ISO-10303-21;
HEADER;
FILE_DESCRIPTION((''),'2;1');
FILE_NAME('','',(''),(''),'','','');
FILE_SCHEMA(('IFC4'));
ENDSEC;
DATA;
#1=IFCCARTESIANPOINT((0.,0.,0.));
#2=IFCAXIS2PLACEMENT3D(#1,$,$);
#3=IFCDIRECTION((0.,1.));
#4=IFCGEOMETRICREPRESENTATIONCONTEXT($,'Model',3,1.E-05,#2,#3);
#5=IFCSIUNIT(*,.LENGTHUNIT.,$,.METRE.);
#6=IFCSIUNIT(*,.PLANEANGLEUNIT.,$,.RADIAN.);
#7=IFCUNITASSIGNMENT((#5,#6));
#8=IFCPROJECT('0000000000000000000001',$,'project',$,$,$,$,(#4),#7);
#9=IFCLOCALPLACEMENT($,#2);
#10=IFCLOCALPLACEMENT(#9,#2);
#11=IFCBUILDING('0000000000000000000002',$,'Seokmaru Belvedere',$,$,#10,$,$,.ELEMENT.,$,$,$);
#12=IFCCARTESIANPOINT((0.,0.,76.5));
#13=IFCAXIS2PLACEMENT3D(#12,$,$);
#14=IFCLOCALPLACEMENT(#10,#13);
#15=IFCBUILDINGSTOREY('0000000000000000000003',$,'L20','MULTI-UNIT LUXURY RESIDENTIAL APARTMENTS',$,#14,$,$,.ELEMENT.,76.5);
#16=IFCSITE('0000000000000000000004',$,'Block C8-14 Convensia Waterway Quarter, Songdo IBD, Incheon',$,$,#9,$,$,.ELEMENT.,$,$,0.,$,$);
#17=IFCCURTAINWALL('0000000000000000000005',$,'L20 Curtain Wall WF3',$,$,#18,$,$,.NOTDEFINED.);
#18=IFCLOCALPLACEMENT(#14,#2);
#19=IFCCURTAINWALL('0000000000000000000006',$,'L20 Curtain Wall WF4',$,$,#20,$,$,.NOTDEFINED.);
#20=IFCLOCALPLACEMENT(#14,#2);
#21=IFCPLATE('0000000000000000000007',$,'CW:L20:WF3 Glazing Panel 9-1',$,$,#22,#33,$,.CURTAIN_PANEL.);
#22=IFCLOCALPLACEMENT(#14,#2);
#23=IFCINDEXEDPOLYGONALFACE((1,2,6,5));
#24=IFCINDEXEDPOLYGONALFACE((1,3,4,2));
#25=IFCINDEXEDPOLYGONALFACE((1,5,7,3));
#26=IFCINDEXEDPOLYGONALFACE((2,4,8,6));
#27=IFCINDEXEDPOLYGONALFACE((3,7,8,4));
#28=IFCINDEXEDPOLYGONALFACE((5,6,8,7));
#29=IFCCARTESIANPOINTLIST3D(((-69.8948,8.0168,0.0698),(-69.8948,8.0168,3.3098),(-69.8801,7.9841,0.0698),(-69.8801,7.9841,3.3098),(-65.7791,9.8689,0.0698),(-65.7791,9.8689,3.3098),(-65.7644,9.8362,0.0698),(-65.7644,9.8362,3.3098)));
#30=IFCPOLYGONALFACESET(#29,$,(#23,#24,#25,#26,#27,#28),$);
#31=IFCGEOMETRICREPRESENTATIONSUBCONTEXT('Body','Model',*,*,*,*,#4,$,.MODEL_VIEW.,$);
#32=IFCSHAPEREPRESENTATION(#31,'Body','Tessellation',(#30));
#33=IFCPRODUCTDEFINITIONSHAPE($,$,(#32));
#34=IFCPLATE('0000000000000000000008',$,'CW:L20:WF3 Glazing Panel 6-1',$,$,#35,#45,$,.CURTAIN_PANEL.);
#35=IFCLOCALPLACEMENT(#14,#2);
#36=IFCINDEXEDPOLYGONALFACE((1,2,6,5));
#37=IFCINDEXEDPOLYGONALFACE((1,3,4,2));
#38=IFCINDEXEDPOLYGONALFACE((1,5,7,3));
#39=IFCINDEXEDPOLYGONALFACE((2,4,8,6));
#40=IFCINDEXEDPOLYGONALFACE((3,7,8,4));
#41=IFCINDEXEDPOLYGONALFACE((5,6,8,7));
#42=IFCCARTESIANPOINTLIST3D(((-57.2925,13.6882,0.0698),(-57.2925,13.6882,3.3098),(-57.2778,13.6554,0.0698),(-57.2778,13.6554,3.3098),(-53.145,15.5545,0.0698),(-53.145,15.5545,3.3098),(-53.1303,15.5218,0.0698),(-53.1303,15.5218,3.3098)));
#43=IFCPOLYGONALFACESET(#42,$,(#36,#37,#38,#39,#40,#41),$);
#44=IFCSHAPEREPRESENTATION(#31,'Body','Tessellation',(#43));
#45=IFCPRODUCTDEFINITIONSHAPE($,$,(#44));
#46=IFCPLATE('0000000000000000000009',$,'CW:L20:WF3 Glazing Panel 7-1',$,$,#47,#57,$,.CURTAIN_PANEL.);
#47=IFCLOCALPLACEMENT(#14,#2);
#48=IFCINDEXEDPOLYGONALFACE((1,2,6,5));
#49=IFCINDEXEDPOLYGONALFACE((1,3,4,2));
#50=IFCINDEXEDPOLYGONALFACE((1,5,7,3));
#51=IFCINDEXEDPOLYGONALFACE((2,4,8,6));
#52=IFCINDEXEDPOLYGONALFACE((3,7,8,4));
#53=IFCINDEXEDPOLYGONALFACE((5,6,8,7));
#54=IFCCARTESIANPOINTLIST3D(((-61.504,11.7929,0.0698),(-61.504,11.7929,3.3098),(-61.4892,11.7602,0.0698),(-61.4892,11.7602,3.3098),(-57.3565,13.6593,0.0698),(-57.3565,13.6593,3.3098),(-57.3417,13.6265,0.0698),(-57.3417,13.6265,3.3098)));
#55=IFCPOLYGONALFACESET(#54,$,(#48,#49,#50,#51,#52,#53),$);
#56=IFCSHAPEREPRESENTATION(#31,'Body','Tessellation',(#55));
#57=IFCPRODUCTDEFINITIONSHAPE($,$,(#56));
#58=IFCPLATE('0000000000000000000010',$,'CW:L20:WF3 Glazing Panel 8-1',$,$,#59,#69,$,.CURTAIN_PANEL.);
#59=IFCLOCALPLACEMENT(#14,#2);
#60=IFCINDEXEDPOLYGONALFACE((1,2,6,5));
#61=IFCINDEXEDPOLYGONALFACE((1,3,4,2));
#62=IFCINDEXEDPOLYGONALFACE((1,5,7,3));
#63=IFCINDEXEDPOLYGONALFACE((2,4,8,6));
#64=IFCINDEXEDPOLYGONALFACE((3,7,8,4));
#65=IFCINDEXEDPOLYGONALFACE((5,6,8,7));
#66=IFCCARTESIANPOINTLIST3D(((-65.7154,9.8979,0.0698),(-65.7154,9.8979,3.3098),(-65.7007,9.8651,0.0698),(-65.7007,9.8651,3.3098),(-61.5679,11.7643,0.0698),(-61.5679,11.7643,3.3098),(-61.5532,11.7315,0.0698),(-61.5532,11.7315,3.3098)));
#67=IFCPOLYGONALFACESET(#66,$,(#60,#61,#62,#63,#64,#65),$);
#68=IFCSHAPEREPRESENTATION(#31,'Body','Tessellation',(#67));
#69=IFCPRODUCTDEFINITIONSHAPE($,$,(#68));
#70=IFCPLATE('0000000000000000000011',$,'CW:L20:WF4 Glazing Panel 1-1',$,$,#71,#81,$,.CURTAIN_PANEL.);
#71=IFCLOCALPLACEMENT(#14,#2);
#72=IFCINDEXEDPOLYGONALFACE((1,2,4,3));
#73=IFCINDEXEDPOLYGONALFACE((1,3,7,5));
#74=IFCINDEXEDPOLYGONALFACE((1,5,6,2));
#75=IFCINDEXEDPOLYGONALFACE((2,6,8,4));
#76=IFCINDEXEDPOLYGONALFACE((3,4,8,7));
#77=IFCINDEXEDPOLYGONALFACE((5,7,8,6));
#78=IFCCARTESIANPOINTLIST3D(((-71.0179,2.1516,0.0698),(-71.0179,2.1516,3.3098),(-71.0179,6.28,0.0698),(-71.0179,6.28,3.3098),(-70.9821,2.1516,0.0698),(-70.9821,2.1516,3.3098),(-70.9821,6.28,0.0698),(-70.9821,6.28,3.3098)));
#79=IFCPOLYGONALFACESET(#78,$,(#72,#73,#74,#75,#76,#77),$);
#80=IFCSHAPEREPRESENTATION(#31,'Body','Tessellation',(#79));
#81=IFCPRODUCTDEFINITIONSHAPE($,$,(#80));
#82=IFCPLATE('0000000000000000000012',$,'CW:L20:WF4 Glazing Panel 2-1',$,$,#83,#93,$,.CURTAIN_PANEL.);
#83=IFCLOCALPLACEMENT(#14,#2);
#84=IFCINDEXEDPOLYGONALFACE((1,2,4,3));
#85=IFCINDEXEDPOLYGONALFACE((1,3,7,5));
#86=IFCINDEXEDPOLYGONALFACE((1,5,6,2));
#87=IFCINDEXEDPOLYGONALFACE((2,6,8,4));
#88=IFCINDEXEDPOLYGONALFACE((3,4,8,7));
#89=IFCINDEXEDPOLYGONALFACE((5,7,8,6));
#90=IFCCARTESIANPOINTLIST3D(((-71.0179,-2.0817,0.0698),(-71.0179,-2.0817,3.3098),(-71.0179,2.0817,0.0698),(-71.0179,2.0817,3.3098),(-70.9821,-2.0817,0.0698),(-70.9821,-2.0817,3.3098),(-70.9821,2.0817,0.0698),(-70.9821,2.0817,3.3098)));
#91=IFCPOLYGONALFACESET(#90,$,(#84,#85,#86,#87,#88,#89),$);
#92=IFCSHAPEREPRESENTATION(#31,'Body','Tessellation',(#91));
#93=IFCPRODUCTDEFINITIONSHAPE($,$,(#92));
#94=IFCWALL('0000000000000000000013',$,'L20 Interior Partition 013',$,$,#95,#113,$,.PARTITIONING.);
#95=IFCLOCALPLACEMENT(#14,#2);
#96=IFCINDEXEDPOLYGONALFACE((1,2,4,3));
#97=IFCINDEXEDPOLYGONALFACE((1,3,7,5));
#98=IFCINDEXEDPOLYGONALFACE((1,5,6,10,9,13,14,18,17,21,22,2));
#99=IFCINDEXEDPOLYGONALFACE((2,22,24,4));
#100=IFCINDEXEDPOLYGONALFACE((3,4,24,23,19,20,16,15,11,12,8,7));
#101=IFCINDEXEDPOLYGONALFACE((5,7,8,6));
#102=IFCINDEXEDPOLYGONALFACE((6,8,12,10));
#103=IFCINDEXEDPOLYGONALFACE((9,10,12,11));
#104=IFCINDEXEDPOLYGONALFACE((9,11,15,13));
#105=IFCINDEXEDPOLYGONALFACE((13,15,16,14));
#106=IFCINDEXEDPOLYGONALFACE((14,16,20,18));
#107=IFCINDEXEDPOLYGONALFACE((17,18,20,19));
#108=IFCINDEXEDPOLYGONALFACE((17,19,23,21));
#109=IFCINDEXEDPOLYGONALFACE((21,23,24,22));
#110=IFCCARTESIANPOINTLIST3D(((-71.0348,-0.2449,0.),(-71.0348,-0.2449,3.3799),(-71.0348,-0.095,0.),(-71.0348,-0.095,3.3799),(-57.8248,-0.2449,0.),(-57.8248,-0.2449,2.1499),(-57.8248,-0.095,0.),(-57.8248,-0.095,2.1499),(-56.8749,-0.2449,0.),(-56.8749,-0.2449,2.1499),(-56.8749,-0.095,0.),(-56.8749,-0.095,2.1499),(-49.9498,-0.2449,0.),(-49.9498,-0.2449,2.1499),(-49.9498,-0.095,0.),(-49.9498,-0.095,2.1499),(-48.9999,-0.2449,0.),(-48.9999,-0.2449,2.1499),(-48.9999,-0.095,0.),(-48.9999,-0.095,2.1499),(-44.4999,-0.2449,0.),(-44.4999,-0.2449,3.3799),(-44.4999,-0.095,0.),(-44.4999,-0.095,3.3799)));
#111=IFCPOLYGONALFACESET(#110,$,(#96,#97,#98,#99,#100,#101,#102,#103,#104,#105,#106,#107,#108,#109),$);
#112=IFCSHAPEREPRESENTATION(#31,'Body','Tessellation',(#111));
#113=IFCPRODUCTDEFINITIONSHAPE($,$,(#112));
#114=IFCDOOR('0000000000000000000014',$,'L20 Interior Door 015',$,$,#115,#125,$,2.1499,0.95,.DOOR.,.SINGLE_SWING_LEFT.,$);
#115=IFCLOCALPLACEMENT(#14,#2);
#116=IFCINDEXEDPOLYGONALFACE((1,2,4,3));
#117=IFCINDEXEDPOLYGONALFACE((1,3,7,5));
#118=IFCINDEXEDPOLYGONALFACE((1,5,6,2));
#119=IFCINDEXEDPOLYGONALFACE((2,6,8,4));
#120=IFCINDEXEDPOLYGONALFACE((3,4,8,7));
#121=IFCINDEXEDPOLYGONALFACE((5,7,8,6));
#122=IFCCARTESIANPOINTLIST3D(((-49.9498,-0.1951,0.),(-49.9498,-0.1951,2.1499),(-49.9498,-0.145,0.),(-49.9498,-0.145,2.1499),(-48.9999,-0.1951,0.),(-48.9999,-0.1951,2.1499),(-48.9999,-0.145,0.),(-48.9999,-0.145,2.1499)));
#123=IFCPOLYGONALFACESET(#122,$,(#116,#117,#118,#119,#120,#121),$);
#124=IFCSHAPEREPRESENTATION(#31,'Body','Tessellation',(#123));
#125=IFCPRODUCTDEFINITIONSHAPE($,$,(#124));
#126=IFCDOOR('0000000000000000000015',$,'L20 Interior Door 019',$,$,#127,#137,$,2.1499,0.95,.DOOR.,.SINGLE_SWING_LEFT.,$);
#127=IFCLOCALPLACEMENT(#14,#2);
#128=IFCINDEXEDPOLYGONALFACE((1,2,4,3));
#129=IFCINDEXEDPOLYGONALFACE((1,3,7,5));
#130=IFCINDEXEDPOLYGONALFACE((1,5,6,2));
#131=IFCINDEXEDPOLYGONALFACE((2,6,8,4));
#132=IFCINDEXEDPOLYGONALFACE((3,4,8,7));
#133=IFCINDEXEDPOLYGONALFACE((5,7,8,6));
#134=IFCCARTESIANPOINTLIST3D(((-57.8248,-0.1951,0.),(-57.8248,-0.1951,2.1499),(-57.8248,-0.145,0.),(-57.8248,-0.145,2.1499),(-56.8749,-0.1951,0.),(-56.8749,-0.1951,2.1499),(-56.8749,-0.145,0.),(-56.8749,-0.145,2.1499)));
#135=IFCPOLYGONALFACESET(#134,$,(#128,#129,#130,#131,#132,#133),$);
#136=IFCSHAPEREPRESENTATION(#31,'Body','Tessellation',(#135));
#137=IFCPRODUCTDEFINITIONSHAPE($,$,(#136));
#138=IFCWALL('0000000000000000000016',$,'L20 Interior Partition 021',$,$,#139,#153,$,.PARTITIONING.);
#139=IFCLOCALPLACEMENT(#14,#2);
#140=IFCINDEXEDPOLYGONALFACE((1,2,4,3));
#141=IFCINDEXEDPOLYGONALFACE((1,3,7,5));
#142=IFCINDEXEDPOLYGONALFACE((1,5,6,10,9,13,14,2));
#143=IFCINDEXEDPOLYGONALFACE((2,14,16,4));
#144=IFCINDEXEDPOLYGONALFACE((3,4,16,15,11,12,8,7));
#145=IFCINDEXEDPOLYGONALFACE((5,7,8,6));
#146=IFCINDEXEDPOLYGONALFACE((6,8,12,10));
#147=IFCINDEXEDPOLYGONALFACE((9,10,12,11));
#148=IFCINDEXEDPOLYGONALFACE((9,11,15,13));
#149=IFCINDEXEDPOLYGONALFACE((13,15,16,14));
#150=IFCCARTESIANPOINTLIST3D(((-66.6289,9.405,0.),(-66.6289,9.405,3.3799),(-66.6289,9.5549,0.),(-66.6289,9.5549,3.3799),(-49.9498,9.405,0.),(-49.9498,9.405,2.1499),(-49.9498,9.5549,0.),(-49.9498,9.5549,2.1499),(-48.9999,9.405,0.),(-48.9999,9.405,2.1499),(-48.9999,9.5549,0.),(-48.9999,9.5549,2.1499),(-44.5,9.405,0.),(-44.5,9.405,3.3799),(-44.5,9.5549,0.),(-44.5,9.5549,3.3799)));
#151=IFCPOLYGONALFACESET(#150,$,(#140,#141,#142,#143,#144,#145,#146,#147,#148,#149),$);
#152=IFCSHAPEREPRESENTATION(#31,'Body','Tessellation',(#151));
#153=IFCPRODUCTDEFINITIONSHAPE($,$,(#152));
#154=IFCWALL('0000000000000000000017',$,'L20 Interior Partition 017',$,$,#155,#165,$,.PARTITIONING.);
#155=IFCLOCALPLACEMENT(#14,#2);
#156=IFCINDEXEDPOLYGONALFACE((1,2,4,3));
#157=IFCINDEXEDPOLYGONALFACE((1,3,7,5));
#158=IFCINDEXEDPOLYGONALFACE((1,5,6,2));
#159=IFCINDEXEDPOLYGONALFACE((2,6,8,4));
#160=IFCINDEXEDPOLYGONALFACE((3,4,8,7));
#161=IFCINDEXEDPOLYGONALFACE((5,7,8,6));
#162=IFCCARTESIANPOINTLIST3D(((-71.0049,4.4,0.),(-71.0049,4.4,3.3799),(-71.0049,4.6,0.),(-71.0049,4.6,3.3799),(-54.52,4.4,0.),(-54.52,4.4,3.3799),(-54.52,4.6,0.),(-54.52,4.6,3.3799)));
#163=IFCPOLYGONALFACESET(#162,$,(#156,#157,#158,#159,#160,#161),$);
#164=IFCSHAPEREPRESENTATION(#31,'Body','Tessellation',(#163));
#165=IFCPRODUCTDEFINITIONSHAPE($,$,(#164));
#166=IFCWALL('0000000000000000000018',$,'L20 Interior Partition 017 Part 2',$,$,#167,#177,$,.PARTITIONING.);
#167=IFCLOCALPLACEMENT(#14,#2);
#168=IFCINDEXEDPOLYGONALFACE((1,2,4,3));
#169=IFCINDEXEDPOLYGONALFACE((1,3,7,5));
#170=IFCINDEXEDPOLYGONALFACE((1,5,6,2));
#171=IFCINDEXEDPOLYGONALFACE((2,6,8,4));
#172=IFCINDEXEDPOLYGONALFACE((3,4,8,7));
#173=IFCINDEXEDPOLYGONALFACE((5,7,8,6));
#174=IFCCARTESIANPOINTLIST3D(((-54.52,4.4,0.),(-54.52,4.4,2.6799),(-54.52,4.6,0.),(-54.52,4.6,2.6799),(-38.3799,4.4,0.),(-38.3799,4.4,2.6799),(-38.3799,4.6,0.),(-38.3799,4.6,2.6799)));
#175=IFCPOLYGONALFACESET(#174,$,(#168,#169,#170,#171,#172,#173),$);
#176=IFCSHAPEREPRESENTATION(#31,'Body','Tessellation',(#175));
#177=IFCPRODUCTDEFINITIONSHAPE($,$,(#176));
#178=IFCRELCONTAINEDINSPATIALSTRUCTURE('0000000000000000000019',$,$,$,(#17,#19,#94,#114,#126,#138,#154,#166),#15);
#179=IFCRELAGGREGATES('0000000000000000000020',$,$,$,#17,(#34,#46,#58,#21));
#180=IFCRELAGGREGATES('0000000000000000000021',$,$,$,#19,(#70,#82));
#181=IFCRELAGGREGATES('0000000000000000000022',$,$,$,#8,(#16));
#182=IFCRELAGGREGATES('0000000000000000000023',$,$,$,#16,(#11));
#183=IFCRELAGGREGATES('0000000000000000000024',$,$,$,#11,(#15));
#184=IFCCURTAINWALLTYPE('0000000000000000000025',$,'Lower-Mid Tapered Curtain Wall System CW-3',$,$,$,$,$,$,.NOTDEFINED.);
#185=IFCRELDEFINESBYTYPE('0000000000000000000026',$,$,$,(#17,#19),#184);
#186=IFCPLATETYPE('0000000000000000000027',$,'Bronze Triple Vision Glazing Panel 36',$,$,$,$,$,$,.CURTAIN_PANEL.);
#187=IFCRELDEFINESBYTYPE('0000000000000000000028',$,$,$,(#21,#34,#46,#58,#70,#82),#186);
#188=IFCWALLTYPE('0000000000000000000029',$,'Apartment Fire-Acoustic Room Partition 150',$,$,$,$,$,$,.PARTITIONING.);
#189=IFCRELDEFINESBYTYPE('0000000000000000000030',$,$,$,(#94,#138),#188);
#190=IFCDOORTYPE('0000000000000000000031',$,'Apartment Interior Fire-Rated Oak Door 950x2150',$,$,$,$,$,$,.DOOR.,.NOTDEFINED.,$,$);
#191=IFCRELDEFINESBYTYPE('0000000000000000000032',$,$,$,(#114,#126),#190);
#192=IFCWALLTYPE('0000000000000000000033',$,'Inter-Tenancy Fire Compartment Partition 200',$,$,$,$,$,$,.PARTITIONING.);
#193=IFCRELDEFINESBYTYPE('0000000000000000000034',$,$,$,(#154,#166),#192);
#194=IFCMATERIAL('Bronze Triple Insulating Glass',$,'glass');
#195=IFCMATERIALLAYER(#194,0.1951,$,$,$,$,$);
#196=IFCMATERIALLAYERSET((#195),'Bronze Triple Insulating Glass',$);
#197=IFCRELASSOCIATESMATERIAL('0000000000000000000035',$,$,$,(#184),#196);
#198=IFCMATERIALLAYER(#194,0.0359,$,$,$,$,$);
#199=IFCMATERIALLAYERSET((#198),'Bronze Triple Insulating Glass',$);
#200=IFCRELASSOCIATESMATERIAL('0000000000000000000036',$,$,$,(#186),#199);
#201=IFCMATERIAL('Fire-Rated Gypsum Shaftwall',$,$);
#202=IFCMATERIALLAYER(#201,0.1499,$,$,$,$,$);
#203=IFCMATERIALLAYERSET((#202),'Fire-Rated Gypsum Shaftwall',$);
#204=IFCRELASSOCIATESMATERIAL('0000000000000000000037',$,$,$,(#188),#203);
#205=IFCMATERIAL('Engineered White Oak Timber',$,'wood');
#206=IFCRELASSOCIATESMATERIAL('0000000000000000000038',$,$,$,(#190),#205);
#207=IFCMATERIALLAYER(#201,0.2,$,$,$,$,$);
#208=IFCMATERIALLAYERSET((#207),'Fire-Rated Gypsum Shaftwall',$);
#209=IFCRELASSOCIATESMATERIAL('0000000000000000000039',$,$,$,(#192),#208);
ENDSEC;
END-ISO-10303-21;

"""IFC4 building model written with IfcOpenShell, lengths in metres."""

from ifc_helpers import new_model, si_unit, direction, frame, frame_2d, origin, origin_2d, place, context, subcontext, project, spatial, rectangle, extrude, source, transform, mapped, material, layer, layer_set, type_object, type_shapes, element, fill, aggregate, save


model = new_model("IFC4")

# Units and contexts
model_context = context("Model", 3, precision=1e-05, world=origin(), true_north=direction((0.0, 1.0)))
body_context = subcontext(model_context, "Body", "Model", "MODEL_VIEW")
ifc_project = project(units=[si_unit("LENGTHUNIT", "METRE"), si_unit("PLANEANGLEUNIT", "RADIAN")], contexts=[model_context])

# Site, building, storey
site_placement = place(None, origin())
site = spatial("IfcSite", under=ifc_project, at=site_placement, Name="Block C8-14 Convensia Waterway Quarter, Songdo IBD, Incheon", CompositionType="ELEMENT", RefElevation=0.0)
building_placement = place(site_placement, origin())
building = spatial("IfcBuilding", under=site, at=building_placement, Name="Seokmaru Belvedere", CompositionType="ELEMENT")
storey_placement = place(building_placement, frame((0.0, 0.0, 76.5)))
storey = spatial("IfcBuildingStorey", under=building, at=storey_placement, Name="L20", Description="MULTI-UNIT LUXURY RESIDENTIAL APARTMENTS", CompositionType="ELEMENT", Elevation=76.5)

# Curtain walls
ifc_material_1 = material(Name="Bronze Triple Insulating Glass", Category="glass")
ifc_layer_1 = layer(ifc_material_1, 0.1951)
ifc_layer_set_1 = layer_set([ifc_layer_1], Name="Bronze Triple Insulating Glass")
curtain_wall_type = type_object("IfcCurtainWallType", Name="Lower-Mid Tapered Curtain Wall System CW-3", PredefinedType="NOTDEFINED", material=ifc_layer_set_1)
curtain_wall_1_placement = place(storey_placement, origin())
curtain_wall_1 = element("IfcCurtainWall", 1, at=curtain_wall_1_placement, inside=storey, type_object=curtain_wall_type, Name="L20 Curtain Wall WF3", PredefinedType="NOTDEFINED")
curtain_wall_2_placement = place(storey_placement, origin())
curtain_wall_2 = element("IfcCurtainWall", 2, at=curtain_wall_2_placement, inside=storey, type_object=curtain_wall_type, Name="L20 Curtain Wall WF4", PredefinedType="NOTDEFINED")

# Plates
ifc_layer_2 = layer(ifc_material_1, 0.0359)
ifc_layer_set_2 = layer_set([ifc_layer_2], Name="Bronze Triple Insulating Glass")
plate_type = type_object("IfcPlateType", Name="Bronze Triple Vision Glazing Panel 36", PredefinedType="CURTAIN_PANEL", material=ifc_layer_set_2)
shared_shape_1 = source(origin(), body_context, "Body", "SweptSolid", [
    extrude(rectangle(XDim=4.5132, YDim=0.0359, at=origin_2d()), origin(), (0.0, 0.0, 1.0), 3.24),
])
plate_1_placement = place(storey_placement, frame((-67.8296, 8.9265, 0.0698), z_axis=(0.0, 0.0, 1.0), x_axis=(-0.911921, -0.410366, 0.0)))
plate_1 = element("IfcPlate", 3, at=plate_1_placement, type_object=plate_type, Name="CW:L20:WF3 Glazing Panel 9-1", PredefinedType="CURTAIN_PANEL", context=body_context, shape_type="MappedRepresentation", body=[
    mapped(shared_shape_1, transform((0.0, 0.0, 0.0), scale=1.0)),
])
shared_shape_2 = source(origin(), body_context, "Body", "SweptSolid", [
    extrude(rectangle(XDim=4.5481, YDim=0.0359, at=origin_2d()), origin(), (0.0, 0.0, 1.0), 3.24),
])
plate_2_placement = place(storey_placement, frame((-55.2114, 14.605, 0.0698), z_axis=(0.0, 0.0, 1.0), x_axis=(-0.911921, -0.410366, 0.0)))
plate_2 = element("IfcPlate", 4, at=plate_2_placement, type_object=plate_type, Name="CW:L20:WF3 Glazing Panel 6-1", PredefinedType="CURTAIN_PANEL", context=body_context, shape_type="MappedRepresentation", body=[
    mapped(shared_shape_2, transform((0.0, 0.0, 0.0), scale=1.0)),
])
plate_3_placement = place(storey_placement, frame((-59.4229, 12.7097, 0.0698), z_axis=(0.0, 0.0, 1.0), x_axis=(-0.911921, -0.410366, 0.0)))
plate_3 = element("IfcPlate", 5, at=plate_3_placement, type_object=plate_type, Name="CW:L20:WF3 Glazing Panel 7-1", PredefinedType="CURTAIN_PANEL", context=body_context, shape_type="MappedRepresentation", body=[
    mapped(shared_shape_2, transform((0.0, 0.0, 0.0), scale=1.0)),
])
plate_4_placement = place(storey_placement, frame((-63.6343, 10.8147, 0.0698), z_axis=(0.0, 0.0, 1.0), x_axis=(-0.911921, -0.410366, 0.0)))
plate_4 = element("IfcPlate", 6, at=plate_4_placement, type_object=plate_type, Name="CW:L20:WF3 Glazing Panel 8-1", PredefinedType="CURTAIN_PANEL", context=body_context, shape_type="MappedRepresentation", body=[
    mapped(shared_shape_2, transform((0.0, 0.0, 0.0), scale=1.0)),
])
aggregate(curtain_wall_1, [plate_2, plate_3, plate_4, plate_1])
shared_shape_3 = source(origin(), body_context, "Body", "SweptSolid", [
    extrude(rectangle(XDim=4.1284, YDim=0.0359, at=origin_2d()), origin(), (0.0, 0.0, 1.0), 3.24),
])
plate_5_placement = place(storey_placement, frame((-71.0, 4.2158, 0.0698), z_axis=(0.0, 0.0, 1.0), x_axis=(0.0, -1.0, 0.0)))
plate_5 = element("IfcPlate", 7, at=plate_5_placement, type_object=plate_type, Name="CW:L20:WF4 Glazing Panel 1-1", PredefinedType="CURTAIN_PANEL", context=body_context, shape_type="MappedRepresentation", body=[
    mapped(shared_shape_3, transform((0.0, 0.0, 0.0), scale=1.0)),
])
shared_shape_4 = source(origin(), body_context, "Body", "SweptSolid", [
    extrude(rectangle(XDim=4.1633, YDim=0.0359, at=origin_2d()), origin(), (0.0, 0.0, 1.0), 3.24),
])
type_shapes(plate_type, [shared_shape_1, shared_shape_2, shared_shape_3, shared_shape_4])
plate_6_placement = place(storey_placement, frame((-71.0, 0.0, 0.0698), z_axis=(0.0, 0.0, 1.0), x_axis=(0.0, -1.0, 0.0)))
plate_6 = element("IfcPlate", 8, at=plate_6_placement, type_object=plate_type, Name="CW:L20:WF4 Glazing Panel 2-1", PredefinedType="CURTAIN_PANEL", context=body_context, shape_type="MappedRepresentation", body=[
    mapped(shared_shape_4, transform((0.0, 0.0, 0.0), scale=1.0)),
])
aggregate(curtain_wall_2, [plate_5, plate_6])

# Wall, openings, doors
ifc_material_2 = material(Name="Fire-Rated Gypsum Shaftwall")
ifc_layer_3 = layer(ifc_material_2, 0.1499)
ifc_layer_set_3 = layer_set([ifc_layer_3], Name="Fire-Rated Gypsum Shaftwall")
wall_type_1 = type_object("IfcWallType", Name="Apartment Fire-Acoustic Room Partition 150", PredefinedType="PARTITIONING", material=ifc_layer_set_3)
wall_1_placement = place(storey_placement, frame((-71.0349, -0.1699, 0.0), z_axis=(0.0, 0.0, 1.0), x_axis=(1.0, 0.0, 0.0)))
wall_1 = element("IfcWall", 9, at=wall_1_placement, inside=storey, type_object=wall_type_1, Name="L20 Interior Partition 013", PredefinedType="PARTITIONING", context=body_context, shape_type="SweptSolid", body=[
    extrude(rectangle(XDim=26.5349, YDim=0.1499, at=frame_2d((13.2676, 0.0))), origin(), (0.0, 0.0, 1.0), 3.3799),
])
opening_1_placement = place(wall_1_placement, frame((21.085, 0.0, 0.0)))
opening_1 = element("IfcOpeningElement", 10, at=opening_1_placement, cuts=wall_1, PredefinedType="OPENING", context=body_context, shape_type="SweptSolid", body=[
    extrude(rectangle(XDim=0.95, YDim=2.1499, at=frame_2d((0.4751, 1.075))), frame((0.0, 0.085, 0.0), z_axis=(0.0, -1.0, 0.0), x_axis=(1.0, 0.0, 0.0)), (0.0, 0.0, 1.0), 0.1699),
])
opening_2_placement = place(wall_1_placement, frame((13.21, 0.0, 0.0)))
opening_2 = element("IfcOpeningElement", 11, at=opening_2_placement, cuts=wall_1, PredefinedType="OPENING", context=body_context, shape_type="SweptSolid", body=[
    extrude(rectangle(XDim=0.95, YDim=2.1499, at=frame_2d((0.4751, 1.075))), frame((0.0, 0.085, 0.0), z_axis=(0.0, -1.0, 0.0), x_axis=(1.0, 0.0, 0.0)), (0.0, 0.0, 1.0), 0.1699),
])
ifc_material_3 = material(Name="Engineered White Oak Timber", Category="wood")
door_type = type_object("IfcDoorType", Name="Apartment Interior Fire-Rated Oak Door 950x2150", OperationType="NOTDEFINED", PredefinedType="DOOR", material=ifc_material_3)
shared_shape_5 = source(origin(), body_context, "Body", "SweptSolid", [
    extrude(rectangle(XDim=0.95, YDim=2.1499, at=frame_2d((0.4751, 1.075))), frame((0.0, 0.0249, 0.0), z_axis=(0.0, -1.0, 0.0), x_axis=(1.0, 0.0, 0.0)), (0.0, 0.0, 1.0), 0.05),
])
type_shapes(door_type, [shared_shape_5])
door_1_placement = place(opening_1_placement, origin())
door_1 = element("IfcDoor", 12, at=door_1_placement, inside=storey, type_object=door_type, Name="L20 Interior Door 015", OperationType="SINGLE_SWING_LEFT", OverallHeight=2.1499, OverallWidth=0.95, PredefinedType="DOOR", context=body_context, shape_type="MappedRepresentation", body=[
    mapped(shared_shape_5, transform((0.0, 0.0, 0.0), scale=1.0)),
])
fill(opening_1, door_1)
door_2_placement = place(opening_2_placement, origin())
door_2 = element("IfcDoor", 13, at=door_2_placement, inside=storey, type_object=door_type, Name="L20 Interior Door 019", OperationType="SINGLE_SWING_LEFT", OverallHeight=2.1499, OverallWidth=0.95, PredefinedType="DOOR", context=body_context, shape_type="MappedRepresentation", body=[
    mapped(shared_shape_5, transform((0.0, 0.0, 0.0), scale=1.0)),
])
fill(opening_2, door_2)

# Wall, opening
wall_2_placement = place(storey_placement, frame((-66.6289, 9.48, 0.0), z_axis=(0.0, 0.0, 1.0), x_axis=(1.0, 0.0, 0.0)))
wall_2 = element("IfcWall", 14, at=wall_2_placement, inside=storey, type_object=wall_type_1, Name="L20 Interior Partition 021", PredefinedType="PARTITIONING", context=body_context, shape_type="SweptSolid", body=[
    extrude(rectangle(XDim=22.1289, YDim=0.1499, at=frame_2d((11.0645, 0.0))), origin(), (0.0, 0.0, 1.0), 3.3799),
])
opening_3_placement = place(wall_2_placement, frame((16.679, 0.0, 0.0)))
element("IfcOpeningElement", 15, at=opening_3_placement, cuts=wall_2, PredefinedType="OPENING", context=body_context, shape_type="SweptSolid", body=[
    extrude(rectangle(XDim=0.95, YDim=2.1499, at=frame_2d((0.4751, 1.075))), frame((0.0, 0.085, 0.0), z_axis=(0.0, -1.0, 0.0), x_axis=(1.0, 0.0, 0.0)), (0.0, 0.0, 1.0), 0.1699),
])

# Walls
ifc_layer_4 = layer(ifc_material_2, 0.2)
ifc_layer_set_4 = layer_set([ifc_layer_4], Name="Fire-Rated Gypsum Shaftwall")
wall_type_2 = type_object("IfcWallType", Name="Inter-Tenancy Fire Compartment Partition 200", PredefinedType="PARTITIONING", material=ifc_layer_set_4)
wall_3_placement = place(storey_placement, frame((-71.0049, 4.5, 0.0), z_axis=(0.0, 0.0, 1.0), x_axis=(1.0, 0.0, 0.0)))
element("IfcWall", 16, at=wall_3_placement, inside=storey, type_object=wall_type_2, Name="L20 Interior Partition 017", PredefinedType="PARTITIONING", context=body_context, shape_type="SweptSolid", body=[
    extrude(rectangle(XDim=16.4849, YDim=0.2, at=frame_2d((8.2424, 0.0))), origin(), (0.0, 0.0, 1.0), 3.3799),
])
wall_4_placement = place(storey_placement, frame((-54.52, 4.5, 0.0), z_axis=(0.0, 0.0, 1.0), x_axis=(1.0, 0.0, 0.0)))
element("IfcWall", 17, at=wall_4_placement, inside=storey, type_object=wall_type_2, Name="L20 Interior Partition 017 Part 2", PredefinedType="PARTITIONING", context=body_context, shape_type="SweptSolid", body=[
    extrude(rectangle(XDim=16.1401, YDim=0.2, at=frame_2d((8.0701, 0.0))), origin(), (0.0, 0.0, 1.0), 2.6799),
])

save(model, "model.ifc")
